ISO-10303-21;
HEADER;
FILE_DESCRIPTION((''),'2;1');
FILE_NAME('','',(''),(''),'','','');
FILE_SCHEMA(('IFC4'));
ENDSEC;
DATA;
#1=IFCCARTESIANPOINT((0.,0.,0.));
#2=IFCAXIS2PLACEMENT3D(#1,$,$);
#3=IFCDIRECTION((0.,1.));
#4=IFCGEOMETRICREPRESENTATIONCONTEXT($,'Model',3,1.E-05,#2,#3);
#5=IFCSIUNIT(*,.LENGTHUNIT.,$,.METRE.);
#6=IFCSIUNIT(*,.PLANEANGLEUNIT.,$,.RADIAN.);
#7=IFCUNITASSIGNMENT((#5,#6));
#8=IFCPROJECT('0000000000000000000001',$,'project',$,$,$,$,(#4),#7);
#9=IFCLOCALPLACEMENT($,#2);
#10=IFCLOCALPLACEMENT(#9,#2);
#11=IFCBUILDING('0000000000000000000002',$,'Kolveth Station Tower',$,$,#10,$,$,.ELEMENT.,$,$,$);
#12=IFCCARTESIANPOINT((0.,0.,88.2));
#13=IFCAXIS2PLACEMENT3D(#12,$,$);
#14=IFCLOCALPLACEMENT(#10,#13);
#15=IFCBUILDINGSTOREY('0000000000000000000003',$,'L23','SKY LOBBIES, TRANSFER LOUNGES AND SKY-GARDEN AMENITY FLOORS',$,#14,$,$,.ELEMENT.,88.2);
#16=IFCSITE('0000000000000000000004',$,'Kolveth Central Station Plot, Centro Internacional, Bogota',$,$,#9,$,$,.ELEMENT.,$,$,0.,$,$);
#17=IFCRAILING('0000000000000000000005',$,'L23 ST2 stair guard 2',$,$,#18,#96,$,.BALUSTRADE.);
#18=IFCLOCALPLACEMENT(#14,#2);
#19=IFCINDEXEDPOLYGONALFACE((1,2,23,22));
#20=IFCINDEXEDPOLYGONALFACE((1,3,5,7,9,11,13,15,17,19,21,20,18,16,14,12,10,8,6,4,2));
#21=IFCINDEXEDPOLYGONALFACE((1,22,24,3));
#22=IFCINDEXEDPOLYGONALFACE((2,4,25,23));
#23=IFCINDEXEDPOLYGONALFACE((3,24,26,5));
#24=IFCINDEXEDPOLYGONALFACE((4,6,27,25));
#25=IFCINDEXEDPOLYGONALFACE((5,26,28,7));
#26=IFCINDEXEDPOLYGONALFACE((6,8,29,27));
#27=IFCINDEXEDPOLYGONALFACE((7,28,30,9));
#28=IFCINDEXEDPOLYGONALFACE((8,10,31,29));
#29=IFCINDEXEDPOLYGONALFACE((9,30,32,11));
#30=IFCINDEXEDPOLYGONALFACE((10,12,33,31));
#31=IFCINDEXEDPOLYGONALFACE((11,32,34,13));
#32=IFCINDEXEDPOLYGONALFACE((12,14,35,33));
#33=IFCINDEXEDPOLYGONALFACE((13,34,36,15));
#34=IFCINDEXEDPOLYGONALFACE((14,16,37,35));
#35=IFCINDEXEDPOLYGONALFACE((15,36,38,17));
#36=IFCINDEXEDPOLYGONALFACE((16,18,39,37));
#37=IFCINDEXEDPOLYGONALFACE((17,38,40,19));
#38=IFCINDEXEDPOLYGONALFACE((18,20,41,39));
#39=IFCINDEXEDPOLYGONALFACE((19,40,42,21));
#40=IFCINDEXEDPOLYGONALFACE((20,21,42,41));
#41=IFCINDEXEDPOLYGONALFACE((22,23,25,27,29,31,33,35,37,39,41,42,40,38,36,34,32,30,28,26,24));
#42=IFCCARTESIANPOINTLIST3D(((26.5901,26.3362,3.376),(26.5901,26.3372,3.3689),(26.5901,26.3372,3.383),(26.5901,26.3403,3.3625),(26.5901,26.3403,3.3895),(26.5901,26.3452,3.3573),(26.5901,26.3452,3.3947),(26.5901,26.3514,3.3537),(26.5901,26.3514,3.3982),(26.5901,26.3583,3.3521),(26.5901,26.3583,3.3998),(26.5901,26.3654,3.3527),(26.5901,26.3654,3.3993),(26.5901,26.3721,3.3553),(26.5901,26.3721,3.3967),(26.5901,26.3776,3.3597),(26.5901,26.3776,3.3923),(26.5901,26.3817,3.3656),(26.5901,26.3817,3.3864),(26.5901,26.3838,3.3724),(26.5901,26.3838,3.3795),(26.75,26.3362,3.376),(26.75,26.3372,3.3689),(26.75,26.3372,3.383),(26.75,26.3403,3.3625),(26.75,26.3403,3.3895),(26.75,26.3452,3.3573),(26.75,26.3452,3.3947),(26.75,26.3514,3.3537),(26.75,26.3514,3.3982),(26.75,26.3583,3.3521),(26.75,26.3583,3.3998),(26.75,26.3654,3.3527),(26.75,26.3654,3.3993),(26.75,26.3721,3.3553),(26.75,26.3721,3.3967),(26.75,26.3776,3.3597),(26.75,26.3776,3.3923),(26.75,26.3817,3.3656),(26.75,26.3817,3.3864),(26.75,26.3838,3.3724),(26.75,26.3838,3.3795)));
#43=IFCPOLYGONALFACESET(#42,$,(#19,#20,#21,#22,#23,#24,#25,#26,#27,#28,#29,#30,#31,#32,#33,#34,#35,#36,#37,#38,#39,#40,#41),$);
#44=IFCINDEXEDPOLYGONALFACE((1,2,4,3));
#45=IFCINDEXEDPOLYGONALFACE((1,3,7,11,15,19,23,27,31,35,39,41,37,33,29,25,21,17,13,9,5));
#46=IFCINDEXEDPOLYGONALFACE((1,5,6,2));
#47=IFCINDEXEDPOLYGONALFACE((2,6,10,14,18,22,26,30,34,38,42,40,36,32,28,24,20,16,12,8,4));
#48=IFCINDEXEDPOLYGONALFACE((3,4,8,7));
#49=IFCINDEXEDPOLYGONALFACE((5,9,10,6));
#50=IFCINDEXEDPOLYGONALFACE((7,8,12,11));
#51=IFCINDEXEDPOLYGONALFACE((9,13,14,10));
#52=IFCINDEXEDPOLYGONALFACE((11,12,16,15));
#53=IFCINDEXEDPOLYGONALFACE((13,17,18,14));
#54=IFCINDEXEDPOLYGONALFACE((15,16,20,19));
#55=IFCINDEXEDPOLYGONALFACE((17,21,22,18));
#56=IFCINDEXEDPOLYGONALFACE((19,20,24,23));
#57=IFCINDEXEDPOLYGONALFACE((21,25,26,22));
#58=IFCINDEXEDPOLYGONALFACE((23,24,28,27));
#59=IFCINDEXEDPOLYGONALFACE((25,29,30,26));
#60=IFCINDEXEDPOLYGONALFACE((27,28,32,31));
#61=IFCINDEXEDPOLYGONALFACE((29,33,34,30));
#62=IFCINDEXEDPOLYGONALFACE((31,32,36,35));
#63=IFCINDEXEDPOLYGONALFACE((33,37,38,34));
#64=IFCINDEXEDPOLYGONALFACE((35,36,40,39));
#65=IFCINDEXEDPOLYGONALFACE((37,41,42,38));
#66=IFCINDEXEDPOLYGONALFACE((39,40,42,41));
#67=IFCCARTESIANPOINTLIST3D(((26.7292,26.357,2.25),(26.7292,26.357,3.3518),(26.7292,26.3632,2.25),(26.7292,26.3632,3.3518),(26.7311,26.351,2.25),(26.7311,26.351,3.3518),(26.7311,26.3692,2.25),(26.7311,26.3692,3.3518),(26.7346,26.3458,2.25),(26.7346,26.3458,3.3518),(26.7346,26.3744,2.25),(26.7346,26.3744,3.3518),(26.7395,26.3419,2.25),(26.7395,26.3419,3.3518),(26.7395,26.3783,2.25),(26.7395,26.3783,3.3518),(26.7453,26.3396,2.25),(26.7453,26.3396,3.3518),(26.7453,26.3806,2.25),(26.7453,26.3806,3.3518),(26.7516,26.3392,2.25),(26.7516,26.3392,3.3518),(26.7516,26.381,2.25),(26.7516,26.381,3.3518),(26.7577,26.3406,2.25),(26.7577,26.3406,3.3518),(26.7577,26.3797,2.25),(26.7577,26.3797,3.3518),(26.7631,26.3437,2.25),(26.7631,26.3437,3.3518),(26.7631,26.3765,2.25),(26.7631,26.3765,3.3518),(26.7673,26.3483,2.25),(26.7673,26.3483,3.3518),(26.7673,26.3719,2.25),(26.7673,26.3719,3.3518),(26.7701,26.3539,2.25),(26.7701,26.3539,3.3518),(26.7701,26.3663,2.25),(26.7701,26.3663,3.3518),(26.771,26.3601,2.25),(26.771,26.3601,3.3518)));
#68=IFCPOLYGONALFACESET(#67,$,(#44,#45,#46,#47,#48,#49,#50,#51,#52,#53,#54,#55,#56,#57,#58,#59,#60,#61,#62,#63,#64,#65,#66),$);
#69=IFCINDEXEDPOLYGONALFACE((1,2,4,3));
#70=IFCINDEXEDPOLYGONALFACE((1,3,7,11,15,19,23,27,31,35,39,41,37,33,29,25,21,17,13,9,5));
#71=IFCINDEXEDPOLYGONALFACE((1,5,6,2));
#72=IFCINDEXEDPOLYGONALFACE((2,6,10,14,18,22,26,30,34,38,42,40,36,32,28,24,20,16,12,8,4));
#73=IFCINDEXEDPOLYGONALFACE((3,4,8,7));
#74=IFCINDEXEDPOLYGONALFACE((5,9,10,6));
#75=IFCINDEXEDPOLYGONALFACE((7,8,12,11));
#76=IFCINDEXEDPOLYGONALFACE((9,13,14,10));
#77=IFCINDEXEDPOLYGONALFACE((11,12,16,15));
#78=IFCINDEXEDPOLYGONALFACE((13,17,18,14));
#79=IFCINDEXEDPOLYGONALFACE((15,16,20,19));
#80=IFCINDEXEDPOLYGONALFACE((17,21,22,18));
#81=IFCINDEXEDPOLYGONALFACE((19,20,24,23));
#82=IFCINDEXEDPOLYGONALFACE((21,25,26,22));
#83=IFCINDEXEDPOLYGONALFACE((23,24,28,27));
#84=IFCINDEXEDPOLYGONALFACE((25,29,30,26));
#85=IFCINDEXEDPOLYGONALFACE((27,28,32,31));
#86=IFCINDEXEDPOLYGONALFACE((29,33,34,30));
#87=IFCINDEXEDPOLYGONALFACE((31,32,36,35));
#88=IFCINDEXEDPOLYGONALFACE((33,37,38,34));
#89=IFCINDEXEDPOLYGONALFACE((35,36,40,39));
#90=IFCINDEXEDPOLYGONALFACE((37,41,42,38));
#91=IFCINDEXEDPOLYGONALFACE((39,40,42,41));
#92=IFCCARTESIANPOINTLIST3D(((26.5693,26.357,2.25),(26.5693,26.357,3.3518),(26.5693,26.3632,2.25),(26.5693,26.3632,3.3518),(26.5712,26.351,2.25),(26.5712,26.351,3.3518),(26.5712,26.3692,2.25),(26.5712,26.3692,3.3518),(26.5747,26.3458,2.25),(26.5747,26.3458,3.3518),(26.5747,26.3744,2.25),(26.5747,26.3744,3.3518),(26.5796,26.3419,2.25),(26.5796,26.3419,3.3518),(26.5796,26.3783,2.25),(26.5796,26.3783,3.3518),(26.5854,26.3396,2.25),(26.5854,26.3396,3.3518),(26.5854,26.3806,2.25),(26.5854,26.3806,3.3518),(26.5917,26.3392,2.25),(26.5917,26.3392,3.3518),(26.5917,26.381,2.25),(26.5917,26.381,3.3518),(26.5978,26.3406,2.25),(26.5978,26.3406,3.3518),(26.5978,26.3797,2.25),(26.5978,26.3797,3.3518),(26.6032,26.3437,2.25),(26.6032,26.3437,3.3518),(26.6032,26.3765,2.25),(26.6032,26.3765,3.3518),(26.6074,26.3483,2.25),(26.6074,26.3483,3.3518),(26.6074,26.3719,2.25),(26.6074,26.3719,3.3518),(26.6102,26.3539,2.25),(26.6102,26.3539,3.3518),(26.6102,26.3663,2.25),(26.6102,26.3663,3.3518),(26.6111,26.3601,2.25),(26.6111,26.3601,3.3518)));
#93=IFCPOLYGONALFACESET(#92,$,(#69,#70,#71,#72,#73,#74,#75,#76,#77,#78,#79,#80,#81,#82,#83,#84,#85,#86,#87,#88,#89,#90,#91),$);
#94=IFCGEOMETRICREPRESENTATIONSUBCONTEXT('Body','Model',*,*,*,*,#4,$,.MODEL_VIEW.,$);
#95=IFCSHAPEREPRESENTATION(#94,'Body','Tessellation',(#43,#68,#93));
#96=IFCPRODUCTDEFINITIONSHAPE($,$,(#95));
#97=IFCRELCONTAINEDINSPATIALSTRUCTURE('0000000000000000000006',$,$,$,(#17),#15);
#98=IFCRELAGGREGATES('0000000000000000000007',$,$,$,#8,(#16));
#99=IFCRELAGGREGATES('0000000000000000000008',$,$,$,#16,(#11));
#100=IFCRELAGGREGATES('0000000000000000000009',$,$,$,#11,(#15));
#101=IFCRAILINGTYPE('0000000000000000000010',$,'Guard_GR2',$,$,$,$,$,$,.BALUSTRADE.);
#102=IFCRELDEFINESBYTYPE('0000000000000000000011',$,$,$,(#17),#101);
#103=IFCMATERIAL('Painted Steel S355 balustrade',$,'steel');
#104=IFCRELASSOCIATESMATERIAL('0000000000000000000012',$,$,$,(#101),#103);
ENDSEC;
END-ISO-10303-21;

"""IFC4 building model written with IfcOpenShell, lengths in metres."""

from ifc_helpers import new_model, si_unit, direction, frame, origin, origin_2d, place, context, subcontext, project, spatial, circle, extrude, material, type_object, element, save


model = new_model("IFC4")

# Units and contexts
model_context = context("Model", 3, precision=1e-05, world=origin(), true_north=direction((0.0, 1.0)))
body_context = subcontext(model_context, "Body", "Model", "MODEL_VIEW")
ifc_project = project(units=[si_unit("LENGTHUNIT", "METRE"), si_unit("PLANEANGLEUNIT", "RADIAN")], contexts=[model_context])

# Site, building, storey
site_placement = place(None, origin())
site = spatial("IfcSite", under=ifc_project, at=site_placement, Name="Kolveth Central Station Plot, Centro Internacional, Bogota", CompositionType="ELEMENT", RefElevation=0.0)
building_placement = place(site_placement, origin())
building = spatial("IfcBuilding", under=site, at=building_placement, Name="Kolveth Station Tower", CompositionType="ELEMENT")
storey_placement = place(building_placement, frame((0.0, 0.0, 88.2)))
storey = spatial("IfcBuildingStorey", under=building, at=storey_placement, Name="L23", Description="SKY LOBBIES, TRANSFER LOUNGES AND SKY-GARDEN AMENITY FLOORS", CompositionType="ELEMENT", Elevation=88.2)

# Railing
ifc_material_1 = material(Name="Painted Steel S355 balustrade", Category="steel")
railing_type_1 = type_object("IfcRailingType", Name="Guard_GR2", PredefinedType="BALUSTRADE", material=ifc_material_1)
railing_1_placement = place(storey_placement, frame((26.75, 26.3601, 2.25)))
element("IfcRailing", 1, at=railing_1_placement, inside=storey, type_object=railing_type_1, Name="L23 ST2 stair guard 2", PredefinedType="BALUSTRADE", context=body_context, shape_type="SweptSolid", body=[
    extrude(circle(Radius=0.0239, at=origin_2d()), frame((0.0, 0.0, 1.126), z_axis=(-1.0, 0.0, 0.0), x_axis=(0.0, -1.0, 0.0)), (0.0, 0.0, 1.0), 0.1599),
    extrude(circle(Radius=0.021, at=origin_2d()), origin(), (0.0, 0.0, 1.0), 1.1018),
    extrude(circle(Radius=0.021, at=origin_2d()), frame((-0.1599, 0.0, 0.0)), (0.0, 0.0, 1.0), 1.1018),
])

save(model, "model.ifc")
